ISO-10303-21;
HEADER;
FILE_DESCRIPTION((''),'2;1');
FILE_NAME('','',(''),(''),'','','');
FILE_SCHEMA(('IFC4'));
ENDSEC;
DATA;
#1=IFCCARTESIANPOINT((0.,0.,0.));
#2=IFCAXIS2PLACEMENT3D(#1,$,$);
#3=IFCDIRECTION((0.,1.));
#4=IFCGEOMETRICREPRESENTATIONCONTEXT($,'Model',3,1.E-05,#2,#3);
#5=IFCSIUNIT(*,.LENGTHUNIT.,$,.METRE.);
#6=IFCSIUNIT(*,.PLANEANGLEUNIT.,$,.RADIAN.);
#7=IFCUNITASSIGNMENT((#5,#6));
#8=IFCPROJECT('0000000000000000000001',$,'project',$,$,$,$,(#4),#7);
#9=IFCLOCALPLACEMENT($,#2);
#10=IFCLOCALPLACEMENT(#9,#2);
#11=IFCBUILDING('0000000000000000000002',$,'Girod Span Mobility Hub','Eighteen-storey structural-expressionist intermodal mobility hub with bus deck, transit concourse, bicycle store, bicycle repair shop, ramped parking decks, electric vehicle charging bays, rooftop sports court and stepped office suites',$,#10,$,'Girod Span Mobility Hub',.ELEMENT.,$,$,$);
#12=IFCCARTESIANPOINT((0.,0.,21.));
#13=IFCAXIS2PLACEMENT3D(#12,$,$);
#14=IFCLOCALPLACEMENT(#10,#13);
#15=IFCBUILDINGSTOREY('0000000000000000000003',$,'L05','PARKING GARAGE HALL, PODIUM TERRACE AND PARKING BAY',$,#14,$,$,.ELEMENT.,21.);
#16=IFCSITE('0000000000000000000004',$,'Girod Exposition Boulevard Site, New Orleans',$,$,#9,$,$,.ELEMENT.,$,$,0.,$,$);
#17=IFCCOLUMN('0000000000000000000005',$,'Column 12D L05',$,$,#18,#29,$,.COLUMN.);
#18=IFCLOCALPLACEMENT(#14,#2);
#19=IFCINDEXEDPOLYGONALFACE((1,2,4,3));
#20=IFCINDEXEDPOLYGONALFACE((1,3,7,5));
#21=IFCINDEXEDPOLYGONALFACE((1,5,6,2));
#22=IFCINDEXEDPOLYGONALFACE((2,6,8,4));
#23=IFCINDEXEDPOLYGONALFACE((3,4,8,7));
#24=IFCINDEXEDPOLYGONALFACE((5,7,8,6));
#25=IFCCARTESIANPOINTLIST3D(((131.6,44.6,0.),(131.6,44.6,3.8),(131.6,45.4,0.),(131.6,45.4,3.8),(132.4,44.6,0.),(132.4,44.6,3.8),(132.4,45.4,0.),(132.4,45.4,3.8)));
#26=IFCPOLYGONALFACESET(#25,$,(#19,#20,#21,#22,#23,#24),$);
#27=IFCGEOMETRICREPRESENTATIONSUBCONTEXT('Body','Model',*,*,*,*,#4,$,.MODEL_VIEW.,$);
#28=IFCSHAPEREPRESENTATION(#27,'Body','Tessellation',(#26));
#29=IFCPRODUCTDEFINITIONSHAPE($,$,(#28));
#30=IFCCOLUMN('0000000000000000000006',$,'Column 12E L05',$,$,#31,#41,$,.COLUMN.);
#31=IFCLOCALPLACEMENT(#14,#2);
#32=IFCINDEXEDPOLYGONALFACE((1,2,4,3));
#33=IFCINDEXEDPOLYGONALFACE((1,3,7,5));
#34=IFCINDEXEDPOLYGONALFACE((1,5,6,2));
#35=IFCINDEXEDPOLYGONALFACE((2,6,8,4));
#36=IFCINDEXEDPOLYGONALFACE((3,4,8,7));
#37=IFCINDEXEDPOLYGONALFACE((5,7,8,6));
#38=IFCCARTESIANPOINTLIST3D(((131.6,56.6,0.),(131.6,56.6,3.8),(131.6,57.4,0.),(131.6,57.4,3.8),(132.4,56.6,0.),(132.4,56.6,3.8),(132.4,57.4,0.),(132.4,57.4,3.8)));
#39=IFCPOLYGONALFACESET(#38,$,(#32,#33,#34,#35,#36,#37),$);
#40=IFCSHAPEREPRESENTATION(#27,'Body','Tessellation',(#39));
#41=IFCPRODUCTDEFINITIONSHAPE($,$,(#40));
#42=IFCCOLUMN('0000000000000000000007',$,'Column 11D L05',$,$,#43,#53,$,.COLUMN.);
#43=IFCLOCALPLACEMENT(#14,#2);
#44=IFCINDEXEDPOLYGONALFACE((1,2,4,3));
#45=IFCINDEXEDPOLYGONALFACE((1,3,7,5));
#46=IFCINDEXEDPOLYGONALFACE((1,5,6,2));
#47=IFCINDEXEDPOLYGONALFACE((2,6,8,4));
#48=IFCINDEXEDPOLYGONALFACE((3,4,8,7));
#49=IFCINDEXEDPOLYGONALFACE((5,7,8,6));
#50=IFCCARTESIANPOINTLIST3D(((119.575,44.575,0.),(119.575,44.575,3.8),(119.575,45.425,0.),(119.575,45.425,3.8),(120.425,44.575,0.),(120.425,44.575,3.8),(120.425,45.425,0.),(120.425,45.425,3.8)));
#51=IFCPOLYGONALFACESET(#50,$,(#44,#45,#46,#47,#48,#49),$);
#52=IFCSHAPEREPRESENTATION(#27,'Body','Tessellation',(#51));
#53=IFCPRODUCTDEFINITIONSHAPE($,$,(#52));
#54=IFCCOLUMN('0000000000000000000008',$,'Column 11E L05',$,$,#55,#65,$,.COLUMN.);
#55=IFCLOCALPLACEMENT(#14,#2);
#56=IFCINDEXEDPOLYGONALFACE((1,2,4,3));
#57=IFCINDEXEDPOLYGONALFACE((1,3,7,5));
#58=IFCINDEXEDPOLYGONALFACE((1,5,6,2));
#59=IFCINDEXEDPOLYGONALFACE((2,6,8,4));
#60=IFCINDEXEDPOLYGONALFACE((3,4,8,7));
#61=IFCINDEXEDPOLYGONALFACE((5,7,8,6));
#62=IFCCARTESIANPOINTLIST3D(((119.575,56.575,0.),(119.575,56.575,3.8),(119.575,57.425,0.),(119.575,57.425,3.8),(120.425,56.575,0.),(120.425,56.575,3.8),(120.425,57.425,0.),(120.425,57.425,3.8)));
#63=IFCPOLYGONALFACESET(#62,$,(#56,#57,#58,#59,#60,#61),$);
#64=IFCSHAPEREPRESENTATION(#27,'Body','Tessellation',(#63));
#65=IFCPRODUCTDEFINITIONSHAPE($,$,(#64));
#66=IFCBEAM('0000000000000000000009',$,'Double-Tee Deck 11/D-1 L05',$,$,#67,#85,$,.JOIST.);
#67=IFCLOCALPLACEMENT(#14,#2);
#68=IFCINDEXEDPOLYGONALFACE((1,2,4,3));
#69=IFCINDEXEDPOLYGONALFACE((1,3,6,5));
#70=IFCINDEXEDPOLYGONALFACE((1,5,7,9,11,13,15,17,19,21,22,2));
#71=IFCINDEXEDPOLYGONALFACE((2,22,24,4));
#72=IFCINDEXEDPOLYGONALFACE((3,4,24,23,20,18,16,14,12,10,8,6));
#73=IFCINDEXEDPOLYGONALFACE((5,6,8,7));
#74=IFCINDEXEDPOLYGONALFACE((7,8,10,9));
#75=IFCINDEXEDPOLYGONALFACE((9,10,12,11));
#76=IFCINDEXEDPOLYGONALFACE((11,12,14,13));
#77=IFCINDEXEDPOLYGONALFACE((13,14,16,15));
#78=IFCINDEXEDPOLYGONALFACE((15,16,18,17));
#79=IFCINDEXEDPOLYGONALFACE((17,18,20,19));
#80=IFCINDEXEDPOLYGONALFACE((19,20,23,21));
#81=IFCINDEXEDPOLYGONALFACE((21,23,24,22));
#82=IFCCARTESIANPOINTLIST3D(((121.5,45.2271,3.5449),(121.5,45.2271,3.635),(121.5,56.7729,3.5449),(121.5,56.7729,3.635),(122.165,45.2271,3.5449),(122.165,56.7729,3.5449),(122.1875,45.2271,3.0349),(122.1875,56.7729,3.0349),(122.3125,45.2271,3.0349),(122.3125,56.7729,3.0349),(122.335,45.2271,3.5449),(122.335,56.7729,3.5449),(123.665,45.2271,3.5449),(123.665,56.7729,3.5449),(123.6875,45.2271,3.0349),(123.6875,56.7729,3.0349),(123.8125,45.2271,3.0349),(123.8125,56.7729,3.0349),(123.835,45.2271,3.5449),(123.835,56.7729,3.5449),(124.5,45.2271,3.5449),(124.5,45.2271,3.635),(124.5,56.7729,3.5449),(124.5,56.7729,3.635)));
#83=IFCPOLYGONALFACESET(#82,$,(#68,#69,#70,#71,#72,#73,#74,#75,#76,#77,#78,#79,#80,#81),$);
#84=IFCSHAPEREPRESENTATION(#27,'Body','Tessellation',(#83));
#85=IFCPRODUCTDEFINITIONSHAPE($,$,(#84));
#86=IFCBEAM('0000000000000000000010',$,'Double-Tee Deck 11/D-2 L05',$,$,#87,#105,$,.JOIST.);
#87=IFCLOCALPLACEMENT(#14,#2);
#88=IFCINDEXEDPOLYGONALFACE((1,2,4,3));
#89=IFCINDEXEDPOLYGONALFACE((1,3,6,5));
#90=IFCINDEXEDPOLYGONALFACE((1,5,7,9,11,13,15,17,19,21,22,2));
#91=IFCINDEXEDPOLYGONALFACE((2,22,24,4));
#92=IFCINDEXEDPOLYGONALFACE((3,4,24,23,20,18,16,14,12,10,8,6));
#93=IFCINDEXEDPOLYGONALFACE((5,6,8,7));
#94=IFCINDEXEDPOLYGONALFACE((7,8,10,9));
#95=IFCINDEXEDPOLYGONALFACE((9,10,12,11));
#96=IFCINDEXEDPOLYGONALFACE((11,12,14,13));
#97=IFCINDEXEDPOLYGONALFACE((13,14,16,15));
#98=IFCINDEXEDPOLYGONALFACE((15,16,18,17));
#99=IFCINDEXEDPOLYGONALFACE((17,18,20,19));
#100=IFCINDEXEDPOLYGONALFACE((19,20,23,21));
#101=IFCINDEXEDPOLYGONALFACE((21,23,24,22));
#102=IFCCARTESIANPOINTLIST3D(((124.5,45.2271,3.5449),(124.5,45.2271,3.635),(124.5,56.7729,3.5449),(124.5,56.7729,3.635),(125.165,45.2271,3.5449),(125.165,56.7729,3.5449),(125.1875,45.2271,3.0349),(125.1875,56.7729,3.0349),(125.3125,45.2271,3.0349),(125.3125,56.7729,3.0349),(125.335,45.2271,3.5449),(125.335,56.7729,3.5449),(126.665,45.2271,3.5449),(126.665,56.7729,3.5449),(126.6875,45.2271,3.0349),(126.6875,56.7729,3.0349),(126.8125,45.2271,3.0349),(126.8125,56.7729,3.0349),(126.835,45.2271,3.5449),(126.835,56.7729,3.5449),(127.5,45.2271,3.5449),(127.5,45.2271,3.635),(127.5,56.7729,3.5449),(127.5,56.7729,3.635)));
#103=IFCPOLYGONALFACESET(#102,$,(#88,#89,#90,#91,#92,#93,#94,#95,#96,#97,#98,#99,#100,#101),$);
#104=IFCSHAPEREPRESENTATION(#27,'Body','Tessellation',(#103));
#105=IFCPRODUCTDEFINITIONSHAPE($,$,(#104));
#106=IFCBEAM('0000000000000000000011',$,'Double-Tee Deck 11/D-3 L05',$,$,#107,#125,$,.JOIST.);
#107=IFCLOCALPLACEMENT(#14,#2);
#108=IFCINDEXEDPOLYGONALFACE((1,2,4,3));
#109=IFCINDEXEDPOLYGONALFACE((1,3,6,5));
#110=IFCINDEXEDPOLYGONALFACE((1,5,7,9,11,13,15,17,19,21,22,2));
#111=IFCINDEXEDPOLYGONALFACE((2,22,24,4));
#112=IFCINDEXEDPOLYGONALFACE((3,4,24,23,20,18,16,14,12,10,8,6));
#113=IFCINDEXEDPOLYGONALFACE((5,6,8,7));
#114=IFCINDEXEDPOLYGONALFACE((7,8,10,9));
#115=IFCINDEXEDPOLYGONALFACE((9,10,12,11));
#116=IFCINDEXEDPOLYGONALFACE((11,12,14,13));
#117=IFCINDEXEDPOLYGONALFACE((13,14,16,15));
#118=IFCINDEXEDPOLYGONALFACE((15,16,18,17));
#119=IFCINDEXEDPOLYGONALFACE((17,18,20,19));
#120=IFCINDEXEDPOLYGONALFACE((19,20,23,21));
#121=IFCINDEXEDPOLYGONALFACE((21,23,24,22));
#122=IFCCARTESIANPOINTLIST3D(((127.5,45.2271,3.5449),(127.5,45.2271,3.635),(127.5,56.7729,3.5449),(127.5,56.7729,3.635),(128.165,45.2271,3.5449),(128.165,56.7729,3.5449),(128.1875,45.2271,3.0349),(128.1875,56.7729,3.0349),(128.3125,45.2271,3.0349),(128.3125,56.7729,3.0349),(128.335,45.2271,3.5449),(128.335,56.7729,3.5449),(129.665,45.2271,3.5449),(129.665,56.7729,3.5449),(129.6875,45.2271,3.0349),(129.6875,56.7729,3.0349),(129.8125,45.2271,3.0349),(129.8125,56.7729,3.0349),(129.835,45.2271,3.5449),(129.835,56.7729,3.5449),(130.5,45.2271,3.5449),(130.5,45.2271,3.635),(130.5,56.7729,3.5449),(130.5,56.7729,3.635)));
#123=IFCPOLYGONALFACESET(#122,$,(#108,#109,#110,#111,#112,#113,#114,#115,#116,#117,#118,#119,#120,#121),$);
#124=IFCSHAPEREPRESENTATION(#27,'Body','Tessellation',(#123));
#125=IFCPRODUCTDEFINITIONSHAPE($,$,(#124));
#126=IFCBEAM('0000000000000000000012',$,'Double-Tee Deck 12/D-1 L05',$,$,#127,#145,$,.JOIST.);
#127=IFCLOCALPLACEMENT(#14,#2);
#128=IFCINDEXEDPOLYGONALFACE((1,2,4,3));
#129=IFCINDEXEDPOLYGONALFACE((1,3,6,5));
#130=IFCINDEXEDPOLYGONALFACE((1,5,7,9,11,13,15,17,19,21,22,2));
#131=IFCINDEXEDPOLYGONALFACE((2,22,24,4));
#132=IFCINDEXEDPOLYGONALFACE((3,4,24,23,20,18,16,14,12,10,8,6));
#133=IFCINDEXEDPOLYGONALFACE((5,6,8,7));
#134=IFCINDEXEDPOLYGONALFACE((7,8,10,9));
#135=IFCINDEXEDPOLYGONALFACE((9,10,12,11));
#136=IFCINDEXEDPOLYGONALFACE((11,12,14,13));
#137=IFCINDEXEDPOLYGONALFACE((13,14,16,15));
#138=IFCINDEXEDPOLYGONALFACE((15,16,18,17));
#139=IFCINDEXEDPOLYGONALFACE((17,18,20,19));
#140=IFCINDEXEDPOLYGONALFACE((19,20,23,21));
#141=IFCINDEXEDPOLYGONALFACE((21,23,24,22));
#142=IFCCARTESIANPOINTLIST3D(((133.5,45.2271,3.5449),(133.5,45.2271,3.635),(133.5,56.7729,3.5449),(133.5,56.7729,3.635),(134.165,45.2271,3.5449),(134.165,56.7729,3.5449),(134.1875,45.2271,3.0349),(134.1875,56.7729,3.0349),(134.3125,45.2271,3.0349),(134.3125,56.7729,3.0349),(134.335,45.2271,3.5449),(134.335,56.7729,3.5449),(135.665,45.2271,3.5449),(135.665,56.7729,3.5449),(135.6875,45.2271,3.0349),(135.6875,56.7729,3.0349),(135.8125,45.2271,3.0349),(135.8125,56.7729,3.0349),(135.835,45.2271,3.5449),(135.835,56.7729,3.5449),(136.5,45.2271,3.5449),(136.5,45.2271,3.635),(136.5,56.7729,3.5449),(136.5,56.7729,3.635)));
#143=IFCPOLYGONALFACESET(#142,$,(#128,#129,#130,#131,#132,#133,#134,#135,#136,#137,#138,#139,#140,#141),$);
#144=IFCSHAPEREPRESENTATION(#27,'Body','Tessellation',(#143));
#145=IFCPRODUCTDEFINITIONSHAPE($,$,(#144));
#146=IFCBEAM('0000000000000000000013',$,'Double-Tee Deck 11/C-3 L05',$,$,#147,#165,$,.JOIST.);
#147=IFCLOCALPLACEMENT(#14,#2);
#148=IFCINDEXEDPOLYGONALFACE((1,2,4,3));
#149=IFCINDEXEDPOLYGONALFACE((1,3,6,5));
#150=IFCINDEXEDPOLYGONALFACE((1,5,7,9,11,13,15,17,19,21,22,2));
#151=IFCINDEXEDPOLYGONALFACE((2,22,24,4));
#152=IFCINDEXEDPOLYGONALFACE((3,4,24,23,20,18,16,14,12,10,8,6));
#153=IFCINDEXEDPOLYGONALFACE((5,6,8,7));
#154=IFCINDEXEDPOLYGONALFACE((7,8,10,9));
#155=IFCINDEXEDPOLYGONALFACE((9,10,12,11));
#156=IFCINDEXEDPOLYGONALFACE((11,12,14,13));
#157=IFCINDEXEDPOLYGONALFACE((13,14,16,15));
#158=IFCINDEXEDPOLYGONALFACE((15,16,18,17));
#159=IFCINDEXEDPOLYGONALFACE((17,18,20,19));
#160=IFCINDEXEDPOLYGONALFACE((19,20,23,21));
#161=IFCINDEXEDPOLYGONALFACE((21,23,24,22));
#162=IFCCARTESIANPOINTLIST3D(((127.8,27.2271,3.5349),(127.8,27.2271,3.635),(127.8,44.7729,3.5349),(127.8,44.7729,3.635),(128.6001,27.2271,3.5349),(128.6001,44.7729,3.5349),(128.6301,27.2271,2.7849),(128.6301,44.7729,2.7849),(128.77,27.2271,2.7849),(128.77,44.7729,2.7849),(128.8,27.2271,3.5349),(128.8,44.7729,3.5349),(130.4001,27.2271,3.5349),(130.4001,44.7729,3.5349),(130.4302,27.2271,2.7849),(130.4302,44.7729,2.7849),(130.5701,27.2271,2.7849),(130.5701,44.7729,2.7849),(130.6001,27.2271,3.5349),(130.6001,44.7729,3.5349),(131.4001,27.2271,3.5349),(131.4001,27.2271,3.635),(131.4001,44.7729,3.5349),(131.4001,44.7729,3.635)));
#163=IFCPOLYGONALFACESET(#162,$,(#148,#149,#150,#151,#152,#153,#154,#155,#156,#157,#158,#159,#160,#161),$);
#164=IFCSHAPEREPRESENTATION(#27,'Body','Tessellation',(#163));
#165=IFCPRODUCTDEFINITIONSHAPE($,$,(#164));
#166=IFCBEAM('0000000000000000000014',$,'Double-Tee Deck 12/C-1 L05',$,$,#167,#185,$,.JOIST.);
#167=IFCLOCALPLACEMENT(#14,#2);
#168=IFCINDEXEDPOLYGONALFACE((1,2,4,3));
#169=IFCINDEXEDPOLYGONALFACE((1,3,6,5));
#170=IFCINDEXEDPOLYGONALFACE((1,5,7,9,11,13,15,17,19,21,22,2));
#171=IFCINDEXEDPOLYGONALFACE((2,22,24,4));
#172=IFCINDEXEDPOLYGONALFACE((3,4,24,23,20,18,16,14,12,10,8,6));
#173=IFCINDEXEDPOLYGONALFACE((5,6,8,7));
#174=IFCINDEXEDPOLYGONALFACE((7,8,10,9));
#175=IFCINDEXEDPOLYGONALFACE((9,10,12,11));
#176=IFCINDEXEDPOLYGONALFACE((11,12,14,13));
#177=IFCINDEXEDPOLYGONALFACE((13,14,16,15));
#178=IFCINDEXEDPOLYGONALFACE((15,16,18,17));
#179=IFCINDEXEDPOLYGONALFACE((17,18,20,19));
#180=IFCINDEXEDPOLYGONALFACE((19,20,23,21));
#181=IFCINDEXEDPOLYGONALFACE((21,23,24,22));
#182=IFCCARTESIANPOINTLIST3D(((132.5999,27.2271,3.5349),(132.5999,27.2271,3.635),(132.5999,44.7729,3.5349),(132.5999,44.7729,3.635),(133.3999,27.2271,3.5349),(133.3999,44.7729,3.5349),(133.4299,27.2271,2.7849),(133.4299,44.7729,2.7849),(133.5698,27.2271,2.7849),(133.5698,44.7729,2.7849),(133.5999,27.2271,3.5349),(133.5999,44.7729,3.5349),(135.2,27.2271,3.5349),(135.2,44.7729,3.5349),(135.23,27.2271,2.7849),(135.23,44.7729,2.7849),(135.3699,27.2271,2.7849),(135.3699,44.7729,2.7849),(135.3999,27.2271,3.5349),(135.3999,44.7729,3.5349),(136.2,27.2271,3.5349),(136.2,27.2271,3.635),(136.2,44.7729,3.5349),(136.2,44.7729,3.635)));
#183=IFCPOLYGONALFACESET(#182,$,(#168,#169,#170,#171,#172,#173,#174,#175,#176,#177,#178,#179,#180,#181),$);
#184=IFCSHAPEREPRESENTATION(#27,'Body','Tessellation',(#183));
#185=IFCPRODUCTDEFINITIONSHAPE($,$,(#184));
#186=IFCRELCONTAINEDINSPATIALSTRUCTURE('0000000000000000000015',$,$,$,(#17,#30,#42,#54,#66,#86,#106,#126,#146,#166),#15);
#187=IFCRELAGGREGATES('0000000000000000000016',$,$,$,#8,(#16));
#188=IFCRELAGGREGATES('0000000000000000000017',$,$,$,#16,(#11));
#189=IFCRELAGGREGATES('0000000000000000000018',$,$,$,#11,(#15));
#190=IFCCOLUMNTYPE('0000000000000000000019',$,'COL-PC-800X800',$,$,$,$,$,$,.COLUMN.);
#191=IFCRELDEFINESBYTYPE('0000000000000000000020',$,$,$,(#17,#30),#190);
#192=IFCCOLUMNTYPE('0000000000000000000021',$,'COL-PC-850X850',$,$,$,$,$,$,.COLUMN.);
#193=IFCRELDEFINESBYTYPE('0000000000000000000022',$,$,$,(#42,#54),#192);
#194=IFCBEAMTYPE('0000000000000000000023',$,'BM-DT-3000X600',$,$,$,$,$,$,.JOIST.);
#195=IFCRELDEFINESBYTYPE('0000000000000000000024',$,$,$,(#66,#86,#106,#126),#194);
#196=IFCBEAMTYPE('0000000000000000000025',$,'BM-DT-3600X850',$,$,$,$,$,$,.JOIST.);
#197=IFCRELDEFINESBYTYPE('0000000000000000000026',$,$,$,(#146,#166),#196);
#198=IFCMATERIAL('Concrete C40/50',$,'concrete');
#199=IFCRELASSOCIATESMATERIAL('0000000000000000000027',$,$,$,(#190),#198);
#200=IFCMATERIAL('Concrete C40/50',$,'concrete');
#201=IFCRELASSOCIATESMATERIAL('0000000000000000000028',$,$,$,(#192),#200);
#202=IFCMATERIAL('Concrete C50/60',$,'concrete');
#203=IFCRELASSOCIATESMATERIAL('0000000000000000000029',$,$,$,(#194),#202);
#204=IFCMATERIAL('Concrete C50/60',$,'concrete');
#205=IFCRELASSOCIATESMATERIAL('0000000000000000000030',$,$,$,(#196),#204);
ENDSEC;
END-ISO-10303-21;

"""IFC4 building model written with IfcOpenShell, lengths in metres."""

from ifc_helpers import new_model, si_unit, direction, frame, origin, origin_2d, place, context, subcontext, project, spatial, polyline, rectangle, outline, extrude, material, material_profile, profile_set, type_object, element, save


model = new_model("IFC4")

# Units and contexts
model_context = context("Model", 3, precision=1e-05, world=origin(), true_north=direction((0.0, 1.0)))
body_context = subcontext(model_context, "Body", "Model", "MODEL_VIEW")
ifc_project = project(units=[si_unit("LENGTHUNIT", "METRE"), si_unit("PLANEANGLEUNIT", "RADIAN")], contexts=[model_context])

# Site, building, storey
site_placement = place(None, origin())
site = spatial("IfcSite", under=ifc_project, at=site_placement, Name="Girod Exposition Boulevard Site, New Orleans", CompositionType="ELEMENT", RefElevation=0.0)
building_placement = place(site_placement, origin())
building = spatial("IfcBuilding", under=site, at=building_placement, Name="Girod Span Mobility Hub", Description="Eighteen-storey structural-expressionist intermodal mobility hub with bus deck, transit concourse, bicycle store, bicycle repair shop, ramped parking decks, electric vehicle charging bays, rooftop sports court and stepped office suites", LongName="Girod Span Mobility Hub", CompositionType="ELEMENT")
storey_placement = place(building_placement, frame((0.0, 0.0, 21.0)))
storey = spatial("IfcBuildingStorey", under=building, at=storey_placement, Name="L05", Description="PARKING GARAGE HALL, PODIUM TERRACE AND PARKING BAY", CompositionType="ELEMENT", Elevation=21.0)

# Columns
ifc_material_1 = material(Name="Concrete C40/50", Category="concrete")
ifc_material_profile_1 = material_profile(ifc_material_1, rectangle(XDim=0.8, YDim=0.8, at=origin_2d()), Name="PC-COL-800X800")
ifc_profile_set_1 = profile_set([ifc_material_profile_1], Name="Concrete C40/50")
column_type_1 = type_object("IfcColumnType", Name="COL-PC-800X800", PredefinedType="COLUMN", material=ifc_profile_set_1)
for number, where, z_axis, x_axis, name in (
    (1, (132.0, 45.0, 0.0), (0.0, 0.0, 1.0), (1.0, 0.0, 0.0), "Column 12D L05"),
    (2, (132.0, 57.0, 0.0), (0.0, 0.0, 1.0), (1.0, 0.0, 0.0), "Column 12E L05"),
):
    element("IfcColumn", number, at=place(storey_placement, frame(where, z_axis=z_axis, x_axis=x_axis)), inside=storey, type_object=column_type_1, Name=name, PredefinedType="COLUMN", context=body_context, shape_type="SweptSolid", body=[
        extrude(rectangle(XDim=0.8, YDim=0.8, at=origin_2d()), origin(), (0.0, 0.0, 1.0), 3.8),
    ])
ifc_material_2 = material(Name="Concrete C40/50", Category="concrete")
ifc_material_profile_2 = material_profile(ifc_material_2, rectangle(XDim=0.8501, YDim=0.8501, at=origin_2d()), Name="PC-COL-850X850")
ifc_profile_set_2 = profile_set([ifc_material_profile_2], Name="Concrete C40/50")
column_type_2 = type_object("IfcColumnType", Name="COL-PC-850X850", PredefinedType="COLUMN", material=ifc_profile_set_2)
for number, where, z_axis, x_axis, name in (
    (3, (120.0, 45.0, 0.0), (0.0, 0.0, 1.0), (1.0, 0.0, 0.0), "Column 11D L05"),
    (4, (120.0, 57.0, 0.0), (0.0, 0.0, 1.0), (1.0, 0.0, 0.0), "Column 11E L05"),
):
    element("IfcColumn", number, at=place(storey_placement, frame(where, z_axis=z_axis, x_axis=x_axis)), inside=storey, type_object=column_type_2, Name=name, PredefinedType="COLUMN", context=body_context, shape_type="SweptSolid", body=[
        extrude(rectangle(XDim=0.8501, YDim=0.8501, at=origin_2d()), origin(), (0.0, 0.0, 1.0), 3.8),
    ])

# Beams
ifc_material_3 = material(Name="Concrete C50/60", Category="concrete")
ifc_material_profile_3 = material_profile(ifc_material_3, outline(polyline([(-1.5, 0.3), (-1.5, 0.21), (-0.835, 0.21), (-0.8125, -0.3), (-0.6875, -0.3), (-0.665, 0.21), (0.665, 0.21), (0.6875, -0.3), (0.8125, -0.3), (0.835, 0.21), (1.5, 0.21), (1.5, 0.3), (-1.5, 0.3)])), Name="DT-3000X600")
ifc_profile_set_3 = profile_set([ifc_material_profile_3], Name="Concrete C50/60")
beam_type_1 = type_object("IfcBeamType", Name="BM-DT-3000X600", PredefinedType="JOIST", material=ifc_profile_set_3)
for number, where, z_axis, x_axis, name in (
    (5, (123.0, 45.2271, 3.335), (0.0, 1.0, 0.0), (-1.0, 0.0, 0.0), "Double-Tee Deck 11/D-1 L05"),
    (6, (126.0, 45.2271, 3.335), (0.0, 1.0, 0.0), (-1.0, 0.0, 0.0), "Double-Tee Deck 11/D-2 L05"),
    (7, (129.0, 45.2271, 3.335), (0.0, 1.0, 0.0), (-1.0, 0.0, 0.0), "Double-Tee Deck 11/D-3 L05"),
    (8, (135.0, 45.2271, 3.335), (0.0, 1.0, 0.0), (-1.0, 0.0, 0.0), "Double-Tee Deck 12/D-1 L05"),
):
    element("IfcBeam", number, at=place(storey_placement, frame(where, z_axis=z_axis, x_axis=x_axis)), inside=storey, type_object=beam_type_1, Name=name, PredefinedType="JOIST", context=body_context, shape_type="SweptSolid", body=[
        extrude(outline(polyline([(-1.5, 0.3), (-1.5, 0.21), (-0.835, 0.21), (-0.8125, -0.3), (-0.6875, -0.3), (-0.665, 0.21), (0.665, 0.21), (0.6875, -0.3), (0.8125, -0.3), (0.835, 0.21), (1.5, 0.21), (1.5, 0.3), (-1.5, 0.3)])), origin(), (0.0, 0.0, 1.0), 11.5459),
    ])
ifc_material_4 = material(Name="Concrete C50/60", Category="concrete")
ifc_material_profile_4 = material_profile(ifc_material_4, outline(polyline([(-1.8, 0.425), (-1.8, 0.325), (-1.0, 0.325), (-0.97, -0.425), (-0.8301, -0.425), (-0.8, 0.325), (0.8, 0.325), (0.8301, -0.425), (0.97, -0.425), (1.0, 0.325), (1.8, 0.325), (1.8, 0.425), (-1.8, 0.425)])), Name="DT-3600X850")
ifc_profile_set_4 = profile_set([ifc_material_profile_4], Name="Concrete C50/60")
beam_type_2 = type_object("IfcBeamType", Name="BM-DT-3600X850", PredefinedType="JOIST", material=ifc_profile_set_4)
for number, where, z_axis, x_axis, name in (
    (9, (129.6001, 27.2271, 3.21), (0.0, 1.0, 0.0), (-1.0, 0.0, 0.0), "Double-Tee Deck 11/C-3 L05"),
    (10, (134.3999, 27.2271, 3.21), (0.0, 1.0, 0.0), (-1.0, 0.0, 0.0), "Double-Tee Deck 12/C-1 L05"),
):
    element("IfcBeam", number, at=place(storey_placement, frame(where, z_axis=z_axis, x_axis=x_axis)), inside=storey, type_object=beam_type_2, Name=name, PredefinedType="JOIST", context=body_context, shape_type="SweptSolid", body=[
        extrude(outline(polyline([(-1.8, 0.425), (-1.8, 0.325), (-1.0, 0.325), (-0.97, -0.425), (-0.8301, -0.425), (-0.8, 0.325), (0.8, 0.325), (0.8301, -0.425), (0.97, -0.425), (1.0, 0.325), (1.8, 0.325), (1.8, 0.425), (-1.8, 0.425)])), origin(), (0.0, 0.0, 1.0), 17.5459),
    ])

save(model, "model.ifc")
